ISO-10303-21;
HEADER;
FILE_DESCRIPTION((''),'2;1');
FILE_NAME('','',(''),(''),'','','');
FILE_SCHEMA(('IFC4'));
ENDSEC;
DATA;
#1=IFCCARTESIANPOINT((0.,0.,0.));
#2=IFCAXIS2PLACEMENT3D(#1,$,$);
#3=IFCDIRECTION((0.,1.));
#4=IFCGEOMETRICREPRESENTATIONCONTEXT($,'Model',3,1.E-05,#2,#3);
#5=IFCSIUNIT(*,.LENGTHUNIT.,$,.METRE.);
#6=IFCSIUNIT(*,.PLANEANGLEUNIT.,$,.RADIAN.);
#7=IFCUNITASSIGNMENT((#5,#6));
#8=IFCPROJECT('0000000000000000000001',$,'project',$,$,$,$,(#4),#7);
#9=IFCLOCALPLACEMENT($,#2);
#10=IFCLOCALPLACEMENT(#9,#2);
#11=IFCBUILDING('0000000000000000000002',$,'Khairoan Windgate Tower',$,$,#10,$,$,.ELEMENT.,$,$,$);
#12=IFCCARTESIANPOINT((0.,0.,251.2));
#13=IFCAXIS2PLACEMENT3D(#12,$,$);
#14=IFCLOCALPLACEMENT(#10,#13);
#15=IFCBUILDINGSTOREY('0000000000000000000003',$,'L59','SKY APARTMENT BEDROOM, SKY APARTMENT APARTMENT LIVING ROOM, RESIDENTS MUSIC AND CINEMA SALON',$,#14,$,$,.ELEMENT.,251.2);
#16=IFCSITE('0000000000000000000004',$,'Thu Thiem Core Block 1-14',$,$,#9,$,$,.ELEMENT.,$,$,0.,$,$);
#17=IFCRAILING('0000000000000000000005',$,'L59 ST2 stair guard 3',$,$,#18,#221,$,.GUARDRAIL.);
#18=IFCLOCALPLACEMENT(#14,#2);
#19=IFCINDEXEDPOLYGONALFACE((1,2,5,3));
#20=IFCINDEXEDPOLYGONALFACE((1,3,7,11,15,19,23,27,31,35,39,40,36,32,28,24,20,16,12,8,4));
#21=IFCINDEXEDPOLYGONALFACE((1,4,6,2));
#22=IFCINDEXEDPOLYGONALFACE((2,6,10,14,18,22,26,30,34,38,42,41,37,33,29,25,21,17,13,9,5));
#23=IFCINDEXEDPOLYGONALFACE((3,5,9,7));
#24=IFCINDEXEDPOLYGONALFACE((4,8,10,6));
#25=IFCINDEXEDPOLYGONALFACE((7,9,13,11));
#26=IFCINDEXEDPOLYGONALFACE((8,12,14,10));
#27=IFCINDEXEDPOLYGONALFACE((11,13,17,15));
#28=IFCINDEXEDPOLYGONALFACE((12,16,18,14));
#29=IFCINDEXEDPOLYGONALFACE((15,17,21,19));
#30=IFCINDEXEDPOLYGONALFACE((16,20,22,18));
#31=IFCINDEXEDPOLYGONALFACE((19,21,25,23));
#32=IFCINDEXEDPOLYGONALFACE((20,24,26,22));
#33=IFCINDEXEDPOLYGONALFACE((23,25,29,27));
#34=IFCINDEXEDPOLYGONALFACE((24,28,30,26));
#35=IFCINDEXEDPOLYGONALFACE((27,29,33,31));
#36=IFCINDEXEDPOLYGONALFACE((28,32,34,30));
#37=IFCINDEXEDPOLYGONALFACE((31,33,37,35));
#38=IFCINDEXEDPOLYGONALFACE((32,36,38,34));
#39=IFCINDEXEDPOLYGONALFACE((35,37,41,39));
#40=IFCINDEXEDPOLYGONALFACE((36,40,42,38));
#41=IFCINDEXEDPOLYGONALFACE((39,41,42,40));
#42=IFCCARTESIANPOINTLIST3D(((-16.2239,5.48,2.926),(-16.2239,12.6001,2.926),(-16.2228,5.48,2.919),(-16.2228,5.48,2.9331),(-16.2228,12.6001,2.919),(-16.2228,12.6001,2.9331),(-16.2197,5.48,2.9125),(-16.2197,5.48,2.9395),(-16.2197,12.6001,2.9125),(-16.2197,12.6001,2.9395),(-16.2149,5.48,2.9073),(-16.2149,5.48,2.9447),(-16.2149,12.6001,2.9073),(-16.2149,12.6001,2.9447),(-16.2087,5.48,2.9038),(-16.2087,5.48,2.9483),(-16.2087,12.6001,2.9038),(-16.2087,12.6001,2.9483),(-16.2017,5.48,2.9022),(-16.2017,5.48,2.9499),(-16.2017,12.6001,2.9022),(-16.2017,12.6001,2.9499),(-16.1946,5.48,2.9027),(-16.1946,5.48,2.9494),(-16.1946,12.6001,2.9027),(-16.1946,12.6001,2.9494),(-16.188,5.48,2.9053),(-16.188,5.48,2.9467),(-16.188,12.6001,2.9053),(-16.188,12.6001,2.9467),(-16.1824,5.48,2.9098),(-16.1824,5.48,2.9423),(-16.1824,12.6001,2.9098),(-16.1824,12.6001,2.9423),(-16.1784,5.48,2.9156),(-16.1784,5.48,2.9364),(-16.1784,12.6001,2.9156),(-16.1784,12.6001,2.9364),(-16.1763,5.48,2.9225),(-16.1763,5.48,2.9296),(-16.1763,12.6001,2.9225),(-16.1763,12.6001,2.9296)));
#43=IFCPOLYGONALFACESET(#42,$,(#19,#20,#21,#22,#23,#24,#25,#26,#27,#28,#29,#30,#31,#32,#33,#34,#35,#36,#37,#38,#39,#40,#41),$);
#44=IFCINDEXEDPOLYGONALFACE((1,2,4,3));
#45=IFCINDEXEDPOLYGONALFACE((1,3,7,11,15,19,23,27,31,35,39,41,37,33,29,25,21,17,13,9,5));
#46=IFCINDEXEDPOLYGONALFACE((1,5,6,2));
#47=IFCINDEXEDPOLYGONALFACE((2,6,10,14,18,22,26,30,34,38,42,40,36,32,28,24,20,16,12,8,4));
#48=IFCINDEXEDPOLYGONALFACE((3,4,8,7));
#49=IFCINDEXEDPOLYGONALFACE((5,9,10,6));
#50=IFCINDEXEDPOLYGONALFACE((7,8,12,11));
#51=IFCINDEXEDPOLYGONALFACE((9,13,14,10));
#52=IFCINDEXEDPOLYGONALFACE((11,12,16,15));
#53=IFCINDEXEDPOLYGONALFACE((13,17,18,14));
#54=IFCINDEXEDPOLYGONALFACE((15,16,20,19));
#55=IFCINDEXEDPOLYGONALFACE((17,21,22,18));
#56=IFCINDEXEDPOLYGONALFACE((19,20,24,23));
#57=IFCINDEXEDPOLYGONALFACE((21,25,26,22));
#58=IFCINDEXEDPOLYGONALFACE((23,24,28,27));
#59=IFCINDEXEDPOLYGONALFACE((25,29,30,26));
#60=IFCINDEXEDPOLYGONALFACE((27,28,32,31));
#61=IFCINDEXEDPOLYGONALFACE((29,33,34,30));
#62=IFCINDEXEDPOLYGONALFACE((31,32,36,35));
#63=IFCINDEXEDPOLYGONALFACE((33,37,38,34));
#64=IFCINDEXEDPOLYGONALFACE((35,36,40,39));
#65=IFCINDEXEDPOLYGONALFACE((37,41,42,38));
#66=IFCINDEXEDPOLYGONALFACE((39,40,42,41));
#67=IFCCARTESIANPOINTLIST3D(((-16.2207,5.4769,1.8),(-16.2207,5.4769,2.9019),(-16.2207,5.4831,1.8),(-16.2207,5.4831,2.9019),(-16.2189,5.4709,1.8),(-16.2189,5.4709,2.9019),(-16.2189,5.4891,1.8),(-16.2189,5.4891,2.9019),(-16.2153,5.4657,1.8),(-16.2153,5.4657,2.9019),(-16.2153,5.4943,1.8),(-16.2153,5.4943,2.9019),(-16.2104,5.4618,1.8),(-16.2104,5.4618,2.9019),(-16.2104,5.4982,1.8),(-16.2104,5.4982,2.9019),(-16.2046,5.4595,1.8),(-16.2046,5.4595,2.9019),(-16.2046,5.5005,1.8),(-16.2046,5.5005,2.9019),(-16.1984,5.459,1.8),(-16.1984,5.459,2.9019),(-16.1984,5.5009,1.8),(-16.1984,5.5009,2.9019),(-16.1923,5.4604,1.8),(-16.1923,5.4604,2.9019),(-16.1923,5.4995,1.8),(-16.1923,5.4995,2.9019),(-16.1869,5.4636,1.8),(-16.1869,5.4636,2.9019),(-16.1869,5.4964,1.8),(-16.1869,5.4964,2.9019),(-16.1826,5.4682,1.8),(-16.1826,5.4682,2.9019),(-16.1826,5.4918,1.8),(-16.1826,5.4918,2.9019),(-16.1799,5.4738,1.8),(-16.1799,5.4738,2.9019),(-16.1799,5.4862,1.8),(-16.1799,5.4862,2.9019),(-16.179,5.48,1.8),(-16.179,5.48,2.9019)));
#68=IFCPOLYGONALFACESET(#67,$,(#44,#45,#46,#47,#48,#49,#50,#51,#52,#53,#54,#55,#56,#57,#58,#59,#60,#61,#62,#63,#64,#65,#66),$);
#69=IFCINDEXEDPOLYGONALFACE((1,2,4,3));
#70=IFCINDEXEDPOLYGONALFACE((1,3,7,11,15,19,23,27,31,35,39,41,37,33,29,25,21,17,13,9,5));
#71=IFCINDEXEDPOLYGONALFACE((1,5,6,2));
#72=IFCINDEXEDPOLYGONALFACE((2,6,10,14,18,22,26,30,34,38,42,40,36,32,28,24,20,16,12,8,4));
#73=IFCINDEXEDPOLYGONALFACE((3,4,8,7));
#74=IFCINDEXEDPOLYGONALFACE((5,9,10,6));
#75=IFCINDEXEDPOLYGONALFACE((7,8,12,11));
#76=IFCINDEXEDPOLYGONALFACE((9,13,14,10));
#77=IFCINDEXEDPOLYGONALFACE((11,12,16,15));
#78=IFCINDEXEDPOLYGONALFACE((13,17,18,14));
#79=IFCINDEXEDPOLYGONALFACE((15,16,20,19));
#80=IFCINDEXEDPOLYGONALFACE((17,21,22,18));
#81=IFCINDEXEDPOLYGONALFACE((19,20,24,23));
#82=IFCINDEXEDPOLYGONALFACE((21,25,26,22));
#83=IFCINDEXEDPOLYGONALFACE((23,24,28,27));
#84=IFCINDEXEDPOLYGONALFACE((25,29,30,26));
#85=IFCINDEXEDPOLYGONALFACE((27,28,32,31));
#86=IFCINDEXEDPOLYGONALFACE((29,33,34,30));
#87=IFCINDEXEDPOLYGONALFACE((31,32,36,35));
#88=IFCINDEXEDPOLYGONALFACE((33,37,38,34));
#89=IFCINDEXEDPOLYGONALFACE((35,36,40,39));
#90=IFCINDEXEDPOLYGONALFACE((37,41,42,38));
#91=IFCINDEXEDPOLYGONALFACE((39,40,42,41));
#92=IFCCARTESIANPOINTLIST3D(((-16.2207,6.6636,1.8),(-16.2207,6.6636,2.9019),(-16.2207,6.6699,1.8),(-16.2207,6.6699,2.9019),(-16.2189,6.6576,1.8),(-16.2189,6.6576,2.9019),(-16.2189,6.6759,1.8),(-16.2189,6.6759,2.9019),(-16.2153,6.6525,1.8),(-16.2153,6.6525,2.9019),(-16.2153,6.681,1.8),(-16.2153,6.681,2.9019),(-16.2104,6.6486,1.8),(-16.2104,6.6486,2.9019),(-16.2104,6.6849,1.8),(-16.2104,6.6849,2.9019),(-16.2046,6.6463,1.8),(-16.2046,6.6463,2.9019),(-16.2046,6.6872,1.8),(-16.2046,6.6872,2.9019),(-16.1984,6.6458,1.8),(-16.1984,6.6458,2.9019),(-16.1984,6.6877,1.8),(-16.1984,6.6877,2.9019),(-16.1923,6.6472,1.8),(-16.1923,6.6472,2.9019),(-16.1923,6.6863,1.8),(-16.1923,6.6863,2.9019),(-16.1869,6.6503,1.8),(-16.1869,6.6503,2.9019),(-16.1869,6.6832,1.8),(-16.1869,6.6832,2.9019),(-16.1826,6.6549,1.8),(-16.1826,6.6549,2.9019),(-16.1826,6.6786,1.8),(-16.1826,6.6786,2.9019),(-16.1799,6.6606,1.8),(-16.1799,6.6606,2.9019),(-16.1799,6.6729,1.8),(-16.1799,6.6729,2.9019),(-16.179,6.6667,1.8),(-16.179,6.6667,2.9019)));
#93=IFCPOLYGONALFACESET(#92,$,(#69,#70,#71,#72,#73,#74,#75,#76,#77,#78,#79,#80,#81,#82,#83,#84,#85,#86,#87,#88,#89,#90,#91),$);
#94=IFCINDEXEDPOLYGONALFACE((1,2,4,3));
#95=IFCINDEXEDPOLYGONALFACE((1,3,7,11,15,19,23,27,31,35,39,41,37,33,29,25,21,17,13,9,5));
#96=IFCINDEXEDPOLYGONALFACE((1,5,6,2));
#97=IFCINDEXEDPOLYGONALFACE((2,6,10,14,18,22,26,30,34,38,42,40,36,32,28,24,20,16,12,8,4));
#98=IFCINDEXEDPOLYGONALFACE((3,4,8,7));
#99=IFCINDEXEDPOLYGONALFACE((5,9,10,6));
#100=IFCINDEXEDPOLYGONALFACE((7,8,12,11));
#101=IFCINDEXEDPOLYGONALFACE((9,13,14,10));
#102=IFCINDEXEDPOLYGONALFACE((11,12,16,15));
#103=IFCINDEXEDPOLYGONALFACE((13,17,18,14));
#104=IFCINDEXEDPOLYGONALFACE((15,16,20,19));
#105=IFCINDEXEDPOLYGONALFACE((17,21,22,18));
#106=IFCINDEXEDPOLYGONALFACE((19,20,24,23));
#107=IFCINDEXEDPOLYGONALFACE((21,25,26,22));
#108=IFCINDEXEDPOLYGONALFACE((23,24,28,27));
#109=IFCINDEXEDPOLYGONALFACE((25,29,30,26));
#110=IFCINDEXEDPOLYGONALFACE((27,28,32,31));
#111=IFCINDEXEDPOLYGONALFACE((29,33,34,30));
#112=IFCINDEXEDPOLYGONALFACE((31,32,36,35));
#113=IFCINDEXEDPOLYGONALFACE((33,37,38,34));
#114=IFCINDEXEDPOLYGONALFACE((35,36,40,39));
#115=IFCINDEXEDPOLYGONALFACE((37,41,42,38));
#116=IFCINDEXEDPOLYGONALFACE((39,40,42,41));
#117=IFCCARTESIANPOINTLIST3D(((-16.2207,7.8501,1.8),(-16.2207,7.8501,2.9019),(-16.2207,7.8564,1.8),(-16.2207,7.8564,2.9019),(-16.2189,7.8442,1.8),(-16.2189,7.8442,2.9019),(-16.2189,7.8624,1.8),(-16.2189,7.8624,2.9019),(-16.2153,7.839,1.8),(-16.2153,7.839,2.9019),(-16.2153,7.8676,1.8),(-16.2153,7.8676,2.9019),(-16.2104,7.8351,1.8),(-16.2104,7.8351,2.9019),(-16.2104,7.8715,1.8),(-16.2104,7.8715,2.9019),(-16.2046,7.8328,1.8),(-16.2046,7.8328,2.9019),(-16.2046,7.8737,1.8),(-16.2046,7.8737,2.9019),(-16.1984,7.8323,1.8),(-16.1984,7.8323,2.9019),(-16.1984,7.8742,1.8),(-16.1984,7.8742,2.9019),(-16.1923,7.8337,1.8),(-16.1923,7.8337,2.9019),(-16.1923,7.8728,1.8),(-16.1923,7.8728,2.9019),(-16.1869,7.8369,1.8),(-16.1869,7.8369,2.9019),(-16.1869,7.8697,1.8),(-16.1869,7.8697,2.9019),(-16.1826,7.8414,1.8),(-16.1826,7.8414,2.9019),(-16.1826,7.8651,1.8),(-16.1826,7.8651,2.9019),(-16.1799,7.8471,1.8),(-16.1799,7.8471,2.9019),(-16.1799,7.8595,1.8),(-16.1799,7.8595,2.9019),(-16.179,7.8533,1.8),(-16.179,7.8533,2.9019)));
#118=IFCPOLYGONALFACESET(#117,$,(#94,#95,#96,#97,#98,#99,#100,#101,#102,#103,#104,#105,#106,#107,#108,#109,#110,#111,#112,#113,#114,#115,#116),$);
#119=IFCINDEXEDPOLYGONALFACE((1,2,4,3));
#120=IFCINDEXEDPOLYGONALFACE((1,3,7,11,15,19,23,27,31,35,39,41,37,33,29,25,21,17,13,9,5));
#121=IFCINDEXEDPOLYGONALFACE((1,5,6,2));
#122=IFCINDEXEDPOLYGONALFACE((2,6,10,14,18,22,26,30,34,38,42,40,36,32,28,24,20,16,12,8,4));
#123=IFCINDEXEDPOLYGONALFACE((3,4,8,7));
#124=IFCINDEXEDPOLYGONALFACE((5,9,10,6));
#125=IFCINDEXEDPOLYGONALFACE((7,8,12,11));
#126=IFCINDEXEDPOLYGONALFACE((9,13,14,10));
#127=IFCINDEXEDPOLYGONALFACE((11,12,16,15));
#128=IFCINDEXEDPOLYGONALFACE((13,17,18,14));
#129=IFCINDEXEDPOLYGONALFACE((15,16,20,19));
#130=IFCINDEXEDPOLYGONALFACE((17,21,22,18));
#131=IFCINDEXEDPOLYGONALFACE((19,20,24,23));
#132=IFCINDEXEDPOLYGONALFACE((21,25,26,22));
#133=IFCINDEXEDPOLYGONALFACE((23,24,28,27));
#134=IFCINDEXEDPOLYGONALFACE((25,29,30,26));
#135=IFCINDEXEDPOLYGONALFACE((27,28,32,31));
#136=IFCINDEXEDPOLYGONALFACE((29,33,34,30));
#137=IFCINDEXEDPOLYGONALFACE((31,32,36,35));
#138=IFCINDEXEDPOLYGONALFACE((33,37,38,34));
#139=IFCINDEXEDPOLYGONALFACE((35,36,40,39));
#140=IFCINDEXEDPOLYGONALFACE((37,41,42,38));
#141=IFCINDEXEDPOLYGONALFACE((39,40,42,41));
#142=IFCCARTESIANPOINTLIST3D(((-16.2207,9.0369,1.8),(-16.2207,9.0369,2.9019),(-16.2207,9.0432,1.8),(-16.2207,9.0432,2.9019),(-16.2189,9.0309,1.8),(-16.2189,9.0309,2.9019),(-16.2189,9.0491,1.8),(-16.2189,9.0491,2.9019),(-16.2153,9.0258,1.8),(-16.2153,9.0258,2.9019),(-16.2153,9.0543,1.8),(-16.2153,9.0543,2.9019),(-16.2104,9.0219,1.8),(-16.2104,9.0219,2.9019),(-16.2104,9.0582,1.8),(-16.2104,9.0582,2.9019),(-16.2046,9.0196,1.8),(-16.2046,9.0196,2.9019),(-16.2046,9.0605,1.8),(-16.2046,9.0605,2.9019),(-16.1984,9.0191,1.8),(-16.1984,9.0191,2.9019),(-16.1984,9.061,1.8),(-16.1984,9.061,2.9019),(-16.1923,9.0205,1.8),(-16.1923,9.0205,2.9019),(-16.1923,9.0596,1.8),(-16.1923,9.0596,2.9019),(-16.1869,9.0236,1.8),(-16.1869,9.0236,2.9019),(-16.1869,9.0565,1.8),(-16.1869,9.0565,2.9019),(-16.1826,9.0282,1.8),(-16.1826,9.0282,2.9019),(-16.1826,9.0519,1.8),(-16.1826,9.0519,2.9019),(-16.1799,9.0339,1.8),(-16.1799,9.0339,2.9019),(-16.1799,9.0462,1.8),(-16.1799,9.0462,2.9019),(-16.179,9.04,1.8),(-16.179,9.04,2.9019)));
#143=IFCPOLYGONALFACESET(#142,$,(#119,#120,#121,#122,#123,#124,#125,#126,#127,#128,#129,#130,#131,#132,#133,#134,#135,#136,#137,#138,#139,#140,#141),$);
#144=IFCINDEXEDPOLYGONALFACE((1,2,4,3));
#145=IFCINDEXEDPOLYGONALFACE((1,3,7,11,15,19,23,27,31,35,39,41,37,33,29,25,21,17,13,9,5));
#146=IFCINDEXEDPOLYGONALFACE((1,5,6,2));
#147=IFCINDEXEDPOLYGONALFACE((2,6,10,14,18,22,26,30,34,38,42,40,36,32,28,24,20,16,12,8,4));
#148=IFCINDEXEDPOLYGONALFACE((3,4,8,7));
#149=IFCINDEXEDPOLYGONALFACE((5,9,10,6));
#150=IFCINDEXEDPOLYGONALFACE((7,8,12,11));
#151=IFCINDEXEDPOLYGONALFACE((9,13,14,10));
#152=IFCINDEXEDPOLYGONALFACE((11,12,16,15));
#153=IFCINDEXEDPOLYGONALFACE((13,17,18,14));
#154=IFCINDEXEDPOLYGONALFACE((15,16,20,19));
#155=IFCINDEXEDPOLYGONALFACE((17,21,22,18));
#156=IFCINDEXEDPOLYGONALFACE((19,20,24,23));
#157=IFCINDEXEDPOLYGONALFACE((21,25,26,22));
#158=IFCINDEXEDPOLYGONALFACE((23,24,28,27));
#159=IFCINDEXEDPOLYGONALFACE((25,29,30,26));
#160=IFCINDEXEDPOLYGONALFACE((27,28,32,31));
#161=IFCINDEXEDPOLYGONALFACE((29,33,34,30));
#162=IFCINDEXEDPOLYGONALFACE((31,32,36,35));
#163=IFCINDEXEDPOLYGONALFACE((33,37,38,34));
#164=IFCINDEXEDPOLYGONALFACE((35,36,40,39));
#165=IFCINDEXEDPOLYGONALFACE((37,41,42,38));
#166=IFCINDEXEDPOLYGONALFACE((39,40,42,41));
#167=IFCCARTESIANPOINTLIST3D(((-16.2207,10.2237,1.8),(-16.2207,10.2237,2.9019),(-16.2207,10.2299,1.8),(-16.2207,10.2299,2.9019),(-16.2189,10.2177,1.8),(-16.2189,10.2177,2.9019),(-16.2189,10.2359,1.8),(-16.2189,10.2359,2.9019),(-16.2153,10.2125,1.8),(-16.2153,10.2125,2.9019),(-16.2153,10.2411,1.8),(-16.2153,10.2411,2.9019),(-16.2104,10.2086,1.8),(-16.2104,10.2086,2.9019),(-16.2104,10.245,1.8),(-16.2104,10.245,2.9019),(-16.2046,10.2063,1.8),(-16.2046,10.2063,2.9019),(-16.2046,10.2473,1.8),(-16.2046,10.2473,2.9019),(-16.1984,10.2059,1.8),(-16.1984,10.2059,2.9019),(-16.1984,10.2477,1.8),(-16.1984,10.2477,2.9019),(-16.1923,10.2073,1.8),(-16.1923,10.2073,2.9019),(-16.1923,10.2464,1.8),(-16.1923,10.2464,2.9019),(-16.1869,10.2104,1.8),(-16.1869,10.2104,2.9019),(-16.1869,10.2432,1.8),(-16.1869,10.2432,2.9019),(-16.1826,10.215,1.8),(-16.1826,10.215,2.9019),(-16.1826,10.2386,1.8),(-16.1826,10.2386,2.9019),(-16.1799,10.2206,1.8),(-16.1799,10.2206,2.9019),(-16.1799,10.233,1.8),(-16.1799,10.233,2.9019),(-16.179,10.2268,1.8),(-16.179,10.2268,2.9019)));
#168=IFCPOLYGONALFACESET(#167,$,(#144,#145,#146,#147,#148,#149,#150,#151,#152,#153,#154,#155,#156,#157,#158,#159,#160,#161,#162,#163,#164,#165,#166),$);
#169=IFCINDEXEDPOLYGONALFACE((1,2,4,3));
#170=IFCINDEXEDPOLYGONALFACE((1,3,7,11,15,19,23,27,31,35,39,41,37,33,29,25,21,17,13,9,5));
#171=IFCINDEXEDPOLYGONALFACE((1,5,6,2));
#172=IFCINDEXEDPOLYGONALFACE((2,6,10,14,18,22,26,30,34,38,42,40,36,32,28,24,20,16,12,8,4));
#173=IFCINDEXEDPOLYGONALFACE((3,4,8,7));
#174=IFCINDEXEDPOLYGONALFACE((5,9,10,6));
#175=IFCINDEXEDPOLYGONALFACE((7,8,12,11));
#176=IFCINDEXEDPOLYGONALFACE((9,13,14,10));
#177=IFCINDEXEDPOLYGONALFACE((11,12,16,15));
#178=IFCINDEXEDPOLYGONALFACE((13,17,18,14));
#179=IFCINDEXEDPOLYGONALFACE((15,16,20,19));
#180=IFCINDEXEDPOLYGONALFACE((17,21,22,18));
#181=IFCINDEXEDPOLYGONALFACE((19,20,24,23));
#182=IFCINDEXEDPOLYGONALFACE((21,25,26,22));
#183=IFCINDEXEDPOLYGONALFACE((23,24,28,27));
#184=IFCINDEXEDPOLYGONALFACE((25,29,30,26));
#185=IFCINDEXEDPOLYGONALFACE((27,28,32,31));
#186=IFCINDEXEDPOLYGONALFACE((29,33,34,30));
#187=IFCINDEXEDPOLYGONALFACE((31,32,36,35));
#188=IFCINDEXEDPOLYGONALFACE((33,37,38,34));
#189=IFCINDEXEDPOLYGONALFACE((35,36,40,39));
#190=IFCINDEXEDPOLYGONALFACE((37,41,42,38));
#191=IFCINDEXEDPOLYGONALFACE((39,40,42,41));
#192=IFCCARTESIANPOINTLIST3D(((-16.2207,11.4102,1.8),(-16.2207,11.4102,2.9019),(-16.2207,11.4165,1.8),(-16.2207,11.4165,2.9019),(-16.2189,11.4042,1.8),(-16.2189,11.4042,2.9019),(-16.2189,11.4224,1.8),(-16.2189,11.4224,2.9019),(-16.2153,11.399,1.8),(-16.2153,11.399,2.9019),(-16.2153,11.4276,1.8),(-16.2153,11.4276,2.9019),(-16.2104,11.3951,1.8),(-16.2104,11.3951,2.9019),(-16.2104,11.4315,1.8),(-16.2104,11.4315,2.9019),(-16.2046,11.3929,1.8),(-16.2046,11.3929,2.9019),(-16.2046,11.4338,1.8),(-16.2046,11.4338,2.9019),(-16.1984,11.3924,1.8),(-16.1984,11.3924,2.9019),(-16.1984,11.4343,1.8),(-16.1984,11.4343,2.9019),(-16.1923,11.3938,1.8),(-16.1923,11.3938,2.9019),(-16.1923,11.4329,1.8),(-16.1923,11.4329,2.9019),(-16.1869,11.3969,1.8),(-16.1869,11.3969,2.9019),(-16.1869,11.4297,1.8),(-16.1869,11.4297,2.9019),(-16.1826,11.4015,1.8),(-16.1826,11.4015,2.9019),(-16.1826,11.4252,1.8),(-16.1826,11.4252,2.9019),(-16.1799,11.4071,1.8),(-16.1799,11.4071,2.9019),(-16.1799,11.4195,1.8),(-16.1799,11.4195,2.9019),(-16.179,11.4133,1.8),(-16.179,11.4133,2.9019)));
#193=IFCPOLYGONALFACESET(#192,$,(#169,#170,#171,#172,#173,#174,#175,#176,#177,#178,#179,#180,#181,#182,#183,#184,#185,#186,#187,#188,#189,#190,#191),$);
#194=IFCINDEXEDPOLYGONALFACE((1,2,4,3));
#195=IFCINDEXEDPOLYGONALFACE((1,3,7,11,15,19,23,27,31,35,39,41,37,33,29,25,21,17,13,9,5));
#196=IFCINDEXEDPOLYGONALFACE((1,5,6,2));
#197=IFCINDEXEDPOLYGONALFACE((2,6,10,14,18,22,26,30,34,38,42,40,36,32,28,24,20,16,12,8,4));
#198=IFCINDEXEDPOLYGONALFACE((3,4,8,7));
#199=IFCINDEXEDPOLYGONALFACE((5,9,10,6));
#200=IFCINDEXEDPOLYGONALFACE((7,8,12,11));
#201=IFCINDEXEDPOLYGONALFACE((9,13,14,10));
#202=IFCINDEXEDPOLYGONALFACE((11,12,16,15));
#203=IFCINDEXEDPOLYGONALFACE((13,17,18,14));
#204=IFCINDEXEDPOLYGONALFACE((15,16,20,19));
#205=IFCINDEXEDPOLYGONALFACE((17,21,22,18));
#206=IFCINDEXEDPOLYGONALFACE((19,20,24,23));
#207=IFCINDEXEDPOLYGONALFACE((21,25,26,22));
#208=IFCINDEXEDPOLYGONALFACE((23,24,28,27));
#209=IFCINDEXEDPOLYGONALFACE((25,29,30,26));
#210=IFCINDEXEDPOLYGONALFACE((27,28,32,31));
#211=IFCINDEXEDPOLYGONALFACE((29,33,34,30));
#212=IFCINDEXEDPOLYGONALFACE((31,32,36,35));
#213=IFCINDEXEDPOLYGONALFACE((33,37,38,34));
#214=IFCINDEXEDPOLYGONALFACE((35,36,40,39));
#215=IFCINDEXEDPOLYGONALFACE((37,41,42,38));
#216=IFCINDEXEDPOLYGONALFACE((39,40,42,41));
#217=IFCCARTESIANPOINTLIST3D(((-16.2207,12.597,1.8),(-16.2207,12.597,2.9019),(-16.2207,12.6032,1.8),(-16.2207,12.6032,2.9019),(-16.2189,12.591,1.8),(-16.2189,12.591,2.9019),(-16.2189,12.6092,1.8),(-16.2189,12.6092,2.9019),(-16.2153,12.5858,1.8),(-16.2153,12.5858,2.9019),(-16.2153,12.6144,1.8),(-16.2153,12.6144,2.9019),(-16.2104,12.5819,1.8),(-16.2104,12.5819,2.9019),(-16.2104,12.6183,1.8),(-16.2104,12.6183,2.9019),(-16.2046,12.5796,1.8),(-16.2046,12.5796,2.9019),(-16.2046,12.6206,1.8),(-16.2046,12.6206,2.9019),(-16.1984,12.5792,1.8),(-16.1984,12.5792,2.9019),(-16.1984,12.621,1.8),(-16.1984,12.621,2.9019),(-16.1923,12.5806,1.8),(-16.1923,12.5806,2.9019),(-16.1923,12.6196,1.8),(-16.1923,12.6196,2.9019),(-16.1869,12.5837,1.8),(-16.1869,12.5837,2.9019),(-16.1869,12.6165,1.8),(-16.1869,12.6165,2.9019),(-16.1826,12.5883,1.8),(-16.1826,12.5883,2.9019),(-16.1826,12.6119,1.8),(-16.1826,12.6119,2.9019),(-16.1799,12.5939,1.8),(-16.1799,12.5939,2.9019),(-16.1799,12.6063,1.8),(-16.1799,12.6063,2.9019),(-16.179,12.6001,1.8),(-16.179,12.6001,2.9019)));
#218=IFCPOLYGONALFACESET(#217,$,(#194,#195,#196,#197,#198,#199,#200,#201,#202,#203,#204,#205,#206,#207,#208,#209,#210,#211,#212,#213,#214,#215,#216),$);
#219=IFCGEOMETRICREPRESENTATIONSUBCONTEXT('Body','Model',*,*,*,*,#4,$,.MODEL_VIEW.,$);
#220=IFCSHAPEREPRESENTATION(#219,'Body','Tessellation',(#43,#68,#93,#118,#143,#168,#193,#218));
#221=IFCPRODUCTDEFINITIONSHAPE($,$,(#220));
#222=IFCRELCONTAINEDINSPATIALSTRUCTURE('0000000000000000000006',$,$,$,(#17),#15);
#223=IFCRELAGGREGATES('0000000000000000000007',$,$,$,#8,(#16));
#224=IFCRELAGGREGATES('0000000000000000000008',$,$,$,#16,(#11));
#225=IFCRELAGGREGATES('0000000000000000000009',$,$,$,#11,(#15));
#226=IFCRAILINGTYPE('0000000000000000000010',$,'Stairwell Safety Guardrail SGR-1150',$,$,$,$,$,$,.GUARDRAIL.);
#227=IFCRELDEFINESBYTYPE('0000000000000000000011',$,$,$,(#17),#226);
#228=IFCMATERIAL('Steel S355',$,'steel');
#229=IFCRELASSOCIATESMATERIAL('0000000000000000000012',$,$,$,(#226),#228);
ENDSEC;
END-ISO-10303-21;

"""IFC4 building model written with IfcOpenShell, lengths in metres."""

from ifc_helpers import new_model, si_unit, direction, frame, origin, origin_2d, place, context, subcontext, project, spatial, circle, extrude, material, type_object, element, save


model = new_model("IFC4")

# Units and contexts
model_context = context("Model", 3, precision=1e-05, world=origin(), true_north=direction((0.0, 1.0)))
body_context = subcontext(model_context, "Body", "Model", "MODEL_VIEW")
ifc_project = project(units=[si_unit("LENGTHUNIT", "METRE"), si_unit("PLANEANGLEUNIT", "RADIAN")], contexts=[model_context])

# Site, building, storey
site_placement = place(None, origin())
site = spatial("IfcSite", under=ifc_project, at=site_placement, Name="Thu Thiem Core Block 1-14", CompositionType="ELEMENT", RefElevation=0.0)
building_placement = place(site_placement, origin())
building = spatial("IfcBuilding", under=site, at=building_placement, Name="Khairoan Windgate Tower", CompositionType="ELEMENT")
storey_placement = place(building_placement, frame((0.0, 0.0, 251.2)))
storey = spatial("IfcBuildingStorey", under=building, at=storey_placement, Name="L59", Description="SKY APARTMENT BEDROOM, SKY APARTMENT APARTMENT LIVING ROOM, RESIDENTS MUSIC AND CINEMA SALON", CompositionType="ELEMENT", Elevation=251.2)

# Railing
ifc_material_1 = material(Name="Steel S355", Category="steel")
railing_type_1 = type_object("IfcRailingType", Name="Stairwell Safety Guardrail SGR-1150", PredefinedType="GUARDRAIL", material=ifc_material_1)
railing_1_placement = place(storey_placement, frame((-16.2, 5.48, 1.8)))
element("IfcRailing", 1, at=railing_1_placement, inside=storey, type_object=railing_type_1, Name="L59 ST2 stair guard 3", PredefinedType="GUARDRAIL", context=body_context, shape_type="SweptSolid", body=[
    extrude(circle(Radius=0.0239, at=origin_2d()), frame((0.0, 0.0, 1.126), z_axis=(0.0, 1.0, 0.0), x_axis=(-1.0, 0.0, 0.0)), (0.0, 0.0, 1.0), 7.1201),
    extrude(circle(Radius=0.021, at=origin_2d()), origin(), (0.0, 0.0, 1.0), 1.1018),
    extrude(circle(Radius=0.021, at=origin_2d()), frame((0.0, 1.1868, 0.0)), (0.0, 0.0, 1.0), 1.1018),
    extrude(circle(Radius=0.021, at=origin_2d()), frame((0.0, 2.3733, 0.0)), (0.0, 0.0, 1.0), 1.1018),
    extrude(circle(Radius=0.021, at=origin_2d()), frame((0.0, 3.5601, 0.0)), (0.0, 0.0, 1.0), 1.1018),
    extrude(circle(Radius=0.021, at=origin_2d()), frame((0.0, 4.7468, 0.0)), (0.0, 0.0, 1.0), 1.1018),
    extrude(circle(Radius=0.021, at=origin_2d()), frame((0.0, 5.9333, 0.0)), (0.0, 0.0, 1.0), 1.1018),
    extrude(circle(Radius=0.021, at=origin_2d()), frame((0.0, 7.1201, 0.0)), (0.0, 0.0, 1.0), 1.1018),
])

save(model, "model.ifc")
